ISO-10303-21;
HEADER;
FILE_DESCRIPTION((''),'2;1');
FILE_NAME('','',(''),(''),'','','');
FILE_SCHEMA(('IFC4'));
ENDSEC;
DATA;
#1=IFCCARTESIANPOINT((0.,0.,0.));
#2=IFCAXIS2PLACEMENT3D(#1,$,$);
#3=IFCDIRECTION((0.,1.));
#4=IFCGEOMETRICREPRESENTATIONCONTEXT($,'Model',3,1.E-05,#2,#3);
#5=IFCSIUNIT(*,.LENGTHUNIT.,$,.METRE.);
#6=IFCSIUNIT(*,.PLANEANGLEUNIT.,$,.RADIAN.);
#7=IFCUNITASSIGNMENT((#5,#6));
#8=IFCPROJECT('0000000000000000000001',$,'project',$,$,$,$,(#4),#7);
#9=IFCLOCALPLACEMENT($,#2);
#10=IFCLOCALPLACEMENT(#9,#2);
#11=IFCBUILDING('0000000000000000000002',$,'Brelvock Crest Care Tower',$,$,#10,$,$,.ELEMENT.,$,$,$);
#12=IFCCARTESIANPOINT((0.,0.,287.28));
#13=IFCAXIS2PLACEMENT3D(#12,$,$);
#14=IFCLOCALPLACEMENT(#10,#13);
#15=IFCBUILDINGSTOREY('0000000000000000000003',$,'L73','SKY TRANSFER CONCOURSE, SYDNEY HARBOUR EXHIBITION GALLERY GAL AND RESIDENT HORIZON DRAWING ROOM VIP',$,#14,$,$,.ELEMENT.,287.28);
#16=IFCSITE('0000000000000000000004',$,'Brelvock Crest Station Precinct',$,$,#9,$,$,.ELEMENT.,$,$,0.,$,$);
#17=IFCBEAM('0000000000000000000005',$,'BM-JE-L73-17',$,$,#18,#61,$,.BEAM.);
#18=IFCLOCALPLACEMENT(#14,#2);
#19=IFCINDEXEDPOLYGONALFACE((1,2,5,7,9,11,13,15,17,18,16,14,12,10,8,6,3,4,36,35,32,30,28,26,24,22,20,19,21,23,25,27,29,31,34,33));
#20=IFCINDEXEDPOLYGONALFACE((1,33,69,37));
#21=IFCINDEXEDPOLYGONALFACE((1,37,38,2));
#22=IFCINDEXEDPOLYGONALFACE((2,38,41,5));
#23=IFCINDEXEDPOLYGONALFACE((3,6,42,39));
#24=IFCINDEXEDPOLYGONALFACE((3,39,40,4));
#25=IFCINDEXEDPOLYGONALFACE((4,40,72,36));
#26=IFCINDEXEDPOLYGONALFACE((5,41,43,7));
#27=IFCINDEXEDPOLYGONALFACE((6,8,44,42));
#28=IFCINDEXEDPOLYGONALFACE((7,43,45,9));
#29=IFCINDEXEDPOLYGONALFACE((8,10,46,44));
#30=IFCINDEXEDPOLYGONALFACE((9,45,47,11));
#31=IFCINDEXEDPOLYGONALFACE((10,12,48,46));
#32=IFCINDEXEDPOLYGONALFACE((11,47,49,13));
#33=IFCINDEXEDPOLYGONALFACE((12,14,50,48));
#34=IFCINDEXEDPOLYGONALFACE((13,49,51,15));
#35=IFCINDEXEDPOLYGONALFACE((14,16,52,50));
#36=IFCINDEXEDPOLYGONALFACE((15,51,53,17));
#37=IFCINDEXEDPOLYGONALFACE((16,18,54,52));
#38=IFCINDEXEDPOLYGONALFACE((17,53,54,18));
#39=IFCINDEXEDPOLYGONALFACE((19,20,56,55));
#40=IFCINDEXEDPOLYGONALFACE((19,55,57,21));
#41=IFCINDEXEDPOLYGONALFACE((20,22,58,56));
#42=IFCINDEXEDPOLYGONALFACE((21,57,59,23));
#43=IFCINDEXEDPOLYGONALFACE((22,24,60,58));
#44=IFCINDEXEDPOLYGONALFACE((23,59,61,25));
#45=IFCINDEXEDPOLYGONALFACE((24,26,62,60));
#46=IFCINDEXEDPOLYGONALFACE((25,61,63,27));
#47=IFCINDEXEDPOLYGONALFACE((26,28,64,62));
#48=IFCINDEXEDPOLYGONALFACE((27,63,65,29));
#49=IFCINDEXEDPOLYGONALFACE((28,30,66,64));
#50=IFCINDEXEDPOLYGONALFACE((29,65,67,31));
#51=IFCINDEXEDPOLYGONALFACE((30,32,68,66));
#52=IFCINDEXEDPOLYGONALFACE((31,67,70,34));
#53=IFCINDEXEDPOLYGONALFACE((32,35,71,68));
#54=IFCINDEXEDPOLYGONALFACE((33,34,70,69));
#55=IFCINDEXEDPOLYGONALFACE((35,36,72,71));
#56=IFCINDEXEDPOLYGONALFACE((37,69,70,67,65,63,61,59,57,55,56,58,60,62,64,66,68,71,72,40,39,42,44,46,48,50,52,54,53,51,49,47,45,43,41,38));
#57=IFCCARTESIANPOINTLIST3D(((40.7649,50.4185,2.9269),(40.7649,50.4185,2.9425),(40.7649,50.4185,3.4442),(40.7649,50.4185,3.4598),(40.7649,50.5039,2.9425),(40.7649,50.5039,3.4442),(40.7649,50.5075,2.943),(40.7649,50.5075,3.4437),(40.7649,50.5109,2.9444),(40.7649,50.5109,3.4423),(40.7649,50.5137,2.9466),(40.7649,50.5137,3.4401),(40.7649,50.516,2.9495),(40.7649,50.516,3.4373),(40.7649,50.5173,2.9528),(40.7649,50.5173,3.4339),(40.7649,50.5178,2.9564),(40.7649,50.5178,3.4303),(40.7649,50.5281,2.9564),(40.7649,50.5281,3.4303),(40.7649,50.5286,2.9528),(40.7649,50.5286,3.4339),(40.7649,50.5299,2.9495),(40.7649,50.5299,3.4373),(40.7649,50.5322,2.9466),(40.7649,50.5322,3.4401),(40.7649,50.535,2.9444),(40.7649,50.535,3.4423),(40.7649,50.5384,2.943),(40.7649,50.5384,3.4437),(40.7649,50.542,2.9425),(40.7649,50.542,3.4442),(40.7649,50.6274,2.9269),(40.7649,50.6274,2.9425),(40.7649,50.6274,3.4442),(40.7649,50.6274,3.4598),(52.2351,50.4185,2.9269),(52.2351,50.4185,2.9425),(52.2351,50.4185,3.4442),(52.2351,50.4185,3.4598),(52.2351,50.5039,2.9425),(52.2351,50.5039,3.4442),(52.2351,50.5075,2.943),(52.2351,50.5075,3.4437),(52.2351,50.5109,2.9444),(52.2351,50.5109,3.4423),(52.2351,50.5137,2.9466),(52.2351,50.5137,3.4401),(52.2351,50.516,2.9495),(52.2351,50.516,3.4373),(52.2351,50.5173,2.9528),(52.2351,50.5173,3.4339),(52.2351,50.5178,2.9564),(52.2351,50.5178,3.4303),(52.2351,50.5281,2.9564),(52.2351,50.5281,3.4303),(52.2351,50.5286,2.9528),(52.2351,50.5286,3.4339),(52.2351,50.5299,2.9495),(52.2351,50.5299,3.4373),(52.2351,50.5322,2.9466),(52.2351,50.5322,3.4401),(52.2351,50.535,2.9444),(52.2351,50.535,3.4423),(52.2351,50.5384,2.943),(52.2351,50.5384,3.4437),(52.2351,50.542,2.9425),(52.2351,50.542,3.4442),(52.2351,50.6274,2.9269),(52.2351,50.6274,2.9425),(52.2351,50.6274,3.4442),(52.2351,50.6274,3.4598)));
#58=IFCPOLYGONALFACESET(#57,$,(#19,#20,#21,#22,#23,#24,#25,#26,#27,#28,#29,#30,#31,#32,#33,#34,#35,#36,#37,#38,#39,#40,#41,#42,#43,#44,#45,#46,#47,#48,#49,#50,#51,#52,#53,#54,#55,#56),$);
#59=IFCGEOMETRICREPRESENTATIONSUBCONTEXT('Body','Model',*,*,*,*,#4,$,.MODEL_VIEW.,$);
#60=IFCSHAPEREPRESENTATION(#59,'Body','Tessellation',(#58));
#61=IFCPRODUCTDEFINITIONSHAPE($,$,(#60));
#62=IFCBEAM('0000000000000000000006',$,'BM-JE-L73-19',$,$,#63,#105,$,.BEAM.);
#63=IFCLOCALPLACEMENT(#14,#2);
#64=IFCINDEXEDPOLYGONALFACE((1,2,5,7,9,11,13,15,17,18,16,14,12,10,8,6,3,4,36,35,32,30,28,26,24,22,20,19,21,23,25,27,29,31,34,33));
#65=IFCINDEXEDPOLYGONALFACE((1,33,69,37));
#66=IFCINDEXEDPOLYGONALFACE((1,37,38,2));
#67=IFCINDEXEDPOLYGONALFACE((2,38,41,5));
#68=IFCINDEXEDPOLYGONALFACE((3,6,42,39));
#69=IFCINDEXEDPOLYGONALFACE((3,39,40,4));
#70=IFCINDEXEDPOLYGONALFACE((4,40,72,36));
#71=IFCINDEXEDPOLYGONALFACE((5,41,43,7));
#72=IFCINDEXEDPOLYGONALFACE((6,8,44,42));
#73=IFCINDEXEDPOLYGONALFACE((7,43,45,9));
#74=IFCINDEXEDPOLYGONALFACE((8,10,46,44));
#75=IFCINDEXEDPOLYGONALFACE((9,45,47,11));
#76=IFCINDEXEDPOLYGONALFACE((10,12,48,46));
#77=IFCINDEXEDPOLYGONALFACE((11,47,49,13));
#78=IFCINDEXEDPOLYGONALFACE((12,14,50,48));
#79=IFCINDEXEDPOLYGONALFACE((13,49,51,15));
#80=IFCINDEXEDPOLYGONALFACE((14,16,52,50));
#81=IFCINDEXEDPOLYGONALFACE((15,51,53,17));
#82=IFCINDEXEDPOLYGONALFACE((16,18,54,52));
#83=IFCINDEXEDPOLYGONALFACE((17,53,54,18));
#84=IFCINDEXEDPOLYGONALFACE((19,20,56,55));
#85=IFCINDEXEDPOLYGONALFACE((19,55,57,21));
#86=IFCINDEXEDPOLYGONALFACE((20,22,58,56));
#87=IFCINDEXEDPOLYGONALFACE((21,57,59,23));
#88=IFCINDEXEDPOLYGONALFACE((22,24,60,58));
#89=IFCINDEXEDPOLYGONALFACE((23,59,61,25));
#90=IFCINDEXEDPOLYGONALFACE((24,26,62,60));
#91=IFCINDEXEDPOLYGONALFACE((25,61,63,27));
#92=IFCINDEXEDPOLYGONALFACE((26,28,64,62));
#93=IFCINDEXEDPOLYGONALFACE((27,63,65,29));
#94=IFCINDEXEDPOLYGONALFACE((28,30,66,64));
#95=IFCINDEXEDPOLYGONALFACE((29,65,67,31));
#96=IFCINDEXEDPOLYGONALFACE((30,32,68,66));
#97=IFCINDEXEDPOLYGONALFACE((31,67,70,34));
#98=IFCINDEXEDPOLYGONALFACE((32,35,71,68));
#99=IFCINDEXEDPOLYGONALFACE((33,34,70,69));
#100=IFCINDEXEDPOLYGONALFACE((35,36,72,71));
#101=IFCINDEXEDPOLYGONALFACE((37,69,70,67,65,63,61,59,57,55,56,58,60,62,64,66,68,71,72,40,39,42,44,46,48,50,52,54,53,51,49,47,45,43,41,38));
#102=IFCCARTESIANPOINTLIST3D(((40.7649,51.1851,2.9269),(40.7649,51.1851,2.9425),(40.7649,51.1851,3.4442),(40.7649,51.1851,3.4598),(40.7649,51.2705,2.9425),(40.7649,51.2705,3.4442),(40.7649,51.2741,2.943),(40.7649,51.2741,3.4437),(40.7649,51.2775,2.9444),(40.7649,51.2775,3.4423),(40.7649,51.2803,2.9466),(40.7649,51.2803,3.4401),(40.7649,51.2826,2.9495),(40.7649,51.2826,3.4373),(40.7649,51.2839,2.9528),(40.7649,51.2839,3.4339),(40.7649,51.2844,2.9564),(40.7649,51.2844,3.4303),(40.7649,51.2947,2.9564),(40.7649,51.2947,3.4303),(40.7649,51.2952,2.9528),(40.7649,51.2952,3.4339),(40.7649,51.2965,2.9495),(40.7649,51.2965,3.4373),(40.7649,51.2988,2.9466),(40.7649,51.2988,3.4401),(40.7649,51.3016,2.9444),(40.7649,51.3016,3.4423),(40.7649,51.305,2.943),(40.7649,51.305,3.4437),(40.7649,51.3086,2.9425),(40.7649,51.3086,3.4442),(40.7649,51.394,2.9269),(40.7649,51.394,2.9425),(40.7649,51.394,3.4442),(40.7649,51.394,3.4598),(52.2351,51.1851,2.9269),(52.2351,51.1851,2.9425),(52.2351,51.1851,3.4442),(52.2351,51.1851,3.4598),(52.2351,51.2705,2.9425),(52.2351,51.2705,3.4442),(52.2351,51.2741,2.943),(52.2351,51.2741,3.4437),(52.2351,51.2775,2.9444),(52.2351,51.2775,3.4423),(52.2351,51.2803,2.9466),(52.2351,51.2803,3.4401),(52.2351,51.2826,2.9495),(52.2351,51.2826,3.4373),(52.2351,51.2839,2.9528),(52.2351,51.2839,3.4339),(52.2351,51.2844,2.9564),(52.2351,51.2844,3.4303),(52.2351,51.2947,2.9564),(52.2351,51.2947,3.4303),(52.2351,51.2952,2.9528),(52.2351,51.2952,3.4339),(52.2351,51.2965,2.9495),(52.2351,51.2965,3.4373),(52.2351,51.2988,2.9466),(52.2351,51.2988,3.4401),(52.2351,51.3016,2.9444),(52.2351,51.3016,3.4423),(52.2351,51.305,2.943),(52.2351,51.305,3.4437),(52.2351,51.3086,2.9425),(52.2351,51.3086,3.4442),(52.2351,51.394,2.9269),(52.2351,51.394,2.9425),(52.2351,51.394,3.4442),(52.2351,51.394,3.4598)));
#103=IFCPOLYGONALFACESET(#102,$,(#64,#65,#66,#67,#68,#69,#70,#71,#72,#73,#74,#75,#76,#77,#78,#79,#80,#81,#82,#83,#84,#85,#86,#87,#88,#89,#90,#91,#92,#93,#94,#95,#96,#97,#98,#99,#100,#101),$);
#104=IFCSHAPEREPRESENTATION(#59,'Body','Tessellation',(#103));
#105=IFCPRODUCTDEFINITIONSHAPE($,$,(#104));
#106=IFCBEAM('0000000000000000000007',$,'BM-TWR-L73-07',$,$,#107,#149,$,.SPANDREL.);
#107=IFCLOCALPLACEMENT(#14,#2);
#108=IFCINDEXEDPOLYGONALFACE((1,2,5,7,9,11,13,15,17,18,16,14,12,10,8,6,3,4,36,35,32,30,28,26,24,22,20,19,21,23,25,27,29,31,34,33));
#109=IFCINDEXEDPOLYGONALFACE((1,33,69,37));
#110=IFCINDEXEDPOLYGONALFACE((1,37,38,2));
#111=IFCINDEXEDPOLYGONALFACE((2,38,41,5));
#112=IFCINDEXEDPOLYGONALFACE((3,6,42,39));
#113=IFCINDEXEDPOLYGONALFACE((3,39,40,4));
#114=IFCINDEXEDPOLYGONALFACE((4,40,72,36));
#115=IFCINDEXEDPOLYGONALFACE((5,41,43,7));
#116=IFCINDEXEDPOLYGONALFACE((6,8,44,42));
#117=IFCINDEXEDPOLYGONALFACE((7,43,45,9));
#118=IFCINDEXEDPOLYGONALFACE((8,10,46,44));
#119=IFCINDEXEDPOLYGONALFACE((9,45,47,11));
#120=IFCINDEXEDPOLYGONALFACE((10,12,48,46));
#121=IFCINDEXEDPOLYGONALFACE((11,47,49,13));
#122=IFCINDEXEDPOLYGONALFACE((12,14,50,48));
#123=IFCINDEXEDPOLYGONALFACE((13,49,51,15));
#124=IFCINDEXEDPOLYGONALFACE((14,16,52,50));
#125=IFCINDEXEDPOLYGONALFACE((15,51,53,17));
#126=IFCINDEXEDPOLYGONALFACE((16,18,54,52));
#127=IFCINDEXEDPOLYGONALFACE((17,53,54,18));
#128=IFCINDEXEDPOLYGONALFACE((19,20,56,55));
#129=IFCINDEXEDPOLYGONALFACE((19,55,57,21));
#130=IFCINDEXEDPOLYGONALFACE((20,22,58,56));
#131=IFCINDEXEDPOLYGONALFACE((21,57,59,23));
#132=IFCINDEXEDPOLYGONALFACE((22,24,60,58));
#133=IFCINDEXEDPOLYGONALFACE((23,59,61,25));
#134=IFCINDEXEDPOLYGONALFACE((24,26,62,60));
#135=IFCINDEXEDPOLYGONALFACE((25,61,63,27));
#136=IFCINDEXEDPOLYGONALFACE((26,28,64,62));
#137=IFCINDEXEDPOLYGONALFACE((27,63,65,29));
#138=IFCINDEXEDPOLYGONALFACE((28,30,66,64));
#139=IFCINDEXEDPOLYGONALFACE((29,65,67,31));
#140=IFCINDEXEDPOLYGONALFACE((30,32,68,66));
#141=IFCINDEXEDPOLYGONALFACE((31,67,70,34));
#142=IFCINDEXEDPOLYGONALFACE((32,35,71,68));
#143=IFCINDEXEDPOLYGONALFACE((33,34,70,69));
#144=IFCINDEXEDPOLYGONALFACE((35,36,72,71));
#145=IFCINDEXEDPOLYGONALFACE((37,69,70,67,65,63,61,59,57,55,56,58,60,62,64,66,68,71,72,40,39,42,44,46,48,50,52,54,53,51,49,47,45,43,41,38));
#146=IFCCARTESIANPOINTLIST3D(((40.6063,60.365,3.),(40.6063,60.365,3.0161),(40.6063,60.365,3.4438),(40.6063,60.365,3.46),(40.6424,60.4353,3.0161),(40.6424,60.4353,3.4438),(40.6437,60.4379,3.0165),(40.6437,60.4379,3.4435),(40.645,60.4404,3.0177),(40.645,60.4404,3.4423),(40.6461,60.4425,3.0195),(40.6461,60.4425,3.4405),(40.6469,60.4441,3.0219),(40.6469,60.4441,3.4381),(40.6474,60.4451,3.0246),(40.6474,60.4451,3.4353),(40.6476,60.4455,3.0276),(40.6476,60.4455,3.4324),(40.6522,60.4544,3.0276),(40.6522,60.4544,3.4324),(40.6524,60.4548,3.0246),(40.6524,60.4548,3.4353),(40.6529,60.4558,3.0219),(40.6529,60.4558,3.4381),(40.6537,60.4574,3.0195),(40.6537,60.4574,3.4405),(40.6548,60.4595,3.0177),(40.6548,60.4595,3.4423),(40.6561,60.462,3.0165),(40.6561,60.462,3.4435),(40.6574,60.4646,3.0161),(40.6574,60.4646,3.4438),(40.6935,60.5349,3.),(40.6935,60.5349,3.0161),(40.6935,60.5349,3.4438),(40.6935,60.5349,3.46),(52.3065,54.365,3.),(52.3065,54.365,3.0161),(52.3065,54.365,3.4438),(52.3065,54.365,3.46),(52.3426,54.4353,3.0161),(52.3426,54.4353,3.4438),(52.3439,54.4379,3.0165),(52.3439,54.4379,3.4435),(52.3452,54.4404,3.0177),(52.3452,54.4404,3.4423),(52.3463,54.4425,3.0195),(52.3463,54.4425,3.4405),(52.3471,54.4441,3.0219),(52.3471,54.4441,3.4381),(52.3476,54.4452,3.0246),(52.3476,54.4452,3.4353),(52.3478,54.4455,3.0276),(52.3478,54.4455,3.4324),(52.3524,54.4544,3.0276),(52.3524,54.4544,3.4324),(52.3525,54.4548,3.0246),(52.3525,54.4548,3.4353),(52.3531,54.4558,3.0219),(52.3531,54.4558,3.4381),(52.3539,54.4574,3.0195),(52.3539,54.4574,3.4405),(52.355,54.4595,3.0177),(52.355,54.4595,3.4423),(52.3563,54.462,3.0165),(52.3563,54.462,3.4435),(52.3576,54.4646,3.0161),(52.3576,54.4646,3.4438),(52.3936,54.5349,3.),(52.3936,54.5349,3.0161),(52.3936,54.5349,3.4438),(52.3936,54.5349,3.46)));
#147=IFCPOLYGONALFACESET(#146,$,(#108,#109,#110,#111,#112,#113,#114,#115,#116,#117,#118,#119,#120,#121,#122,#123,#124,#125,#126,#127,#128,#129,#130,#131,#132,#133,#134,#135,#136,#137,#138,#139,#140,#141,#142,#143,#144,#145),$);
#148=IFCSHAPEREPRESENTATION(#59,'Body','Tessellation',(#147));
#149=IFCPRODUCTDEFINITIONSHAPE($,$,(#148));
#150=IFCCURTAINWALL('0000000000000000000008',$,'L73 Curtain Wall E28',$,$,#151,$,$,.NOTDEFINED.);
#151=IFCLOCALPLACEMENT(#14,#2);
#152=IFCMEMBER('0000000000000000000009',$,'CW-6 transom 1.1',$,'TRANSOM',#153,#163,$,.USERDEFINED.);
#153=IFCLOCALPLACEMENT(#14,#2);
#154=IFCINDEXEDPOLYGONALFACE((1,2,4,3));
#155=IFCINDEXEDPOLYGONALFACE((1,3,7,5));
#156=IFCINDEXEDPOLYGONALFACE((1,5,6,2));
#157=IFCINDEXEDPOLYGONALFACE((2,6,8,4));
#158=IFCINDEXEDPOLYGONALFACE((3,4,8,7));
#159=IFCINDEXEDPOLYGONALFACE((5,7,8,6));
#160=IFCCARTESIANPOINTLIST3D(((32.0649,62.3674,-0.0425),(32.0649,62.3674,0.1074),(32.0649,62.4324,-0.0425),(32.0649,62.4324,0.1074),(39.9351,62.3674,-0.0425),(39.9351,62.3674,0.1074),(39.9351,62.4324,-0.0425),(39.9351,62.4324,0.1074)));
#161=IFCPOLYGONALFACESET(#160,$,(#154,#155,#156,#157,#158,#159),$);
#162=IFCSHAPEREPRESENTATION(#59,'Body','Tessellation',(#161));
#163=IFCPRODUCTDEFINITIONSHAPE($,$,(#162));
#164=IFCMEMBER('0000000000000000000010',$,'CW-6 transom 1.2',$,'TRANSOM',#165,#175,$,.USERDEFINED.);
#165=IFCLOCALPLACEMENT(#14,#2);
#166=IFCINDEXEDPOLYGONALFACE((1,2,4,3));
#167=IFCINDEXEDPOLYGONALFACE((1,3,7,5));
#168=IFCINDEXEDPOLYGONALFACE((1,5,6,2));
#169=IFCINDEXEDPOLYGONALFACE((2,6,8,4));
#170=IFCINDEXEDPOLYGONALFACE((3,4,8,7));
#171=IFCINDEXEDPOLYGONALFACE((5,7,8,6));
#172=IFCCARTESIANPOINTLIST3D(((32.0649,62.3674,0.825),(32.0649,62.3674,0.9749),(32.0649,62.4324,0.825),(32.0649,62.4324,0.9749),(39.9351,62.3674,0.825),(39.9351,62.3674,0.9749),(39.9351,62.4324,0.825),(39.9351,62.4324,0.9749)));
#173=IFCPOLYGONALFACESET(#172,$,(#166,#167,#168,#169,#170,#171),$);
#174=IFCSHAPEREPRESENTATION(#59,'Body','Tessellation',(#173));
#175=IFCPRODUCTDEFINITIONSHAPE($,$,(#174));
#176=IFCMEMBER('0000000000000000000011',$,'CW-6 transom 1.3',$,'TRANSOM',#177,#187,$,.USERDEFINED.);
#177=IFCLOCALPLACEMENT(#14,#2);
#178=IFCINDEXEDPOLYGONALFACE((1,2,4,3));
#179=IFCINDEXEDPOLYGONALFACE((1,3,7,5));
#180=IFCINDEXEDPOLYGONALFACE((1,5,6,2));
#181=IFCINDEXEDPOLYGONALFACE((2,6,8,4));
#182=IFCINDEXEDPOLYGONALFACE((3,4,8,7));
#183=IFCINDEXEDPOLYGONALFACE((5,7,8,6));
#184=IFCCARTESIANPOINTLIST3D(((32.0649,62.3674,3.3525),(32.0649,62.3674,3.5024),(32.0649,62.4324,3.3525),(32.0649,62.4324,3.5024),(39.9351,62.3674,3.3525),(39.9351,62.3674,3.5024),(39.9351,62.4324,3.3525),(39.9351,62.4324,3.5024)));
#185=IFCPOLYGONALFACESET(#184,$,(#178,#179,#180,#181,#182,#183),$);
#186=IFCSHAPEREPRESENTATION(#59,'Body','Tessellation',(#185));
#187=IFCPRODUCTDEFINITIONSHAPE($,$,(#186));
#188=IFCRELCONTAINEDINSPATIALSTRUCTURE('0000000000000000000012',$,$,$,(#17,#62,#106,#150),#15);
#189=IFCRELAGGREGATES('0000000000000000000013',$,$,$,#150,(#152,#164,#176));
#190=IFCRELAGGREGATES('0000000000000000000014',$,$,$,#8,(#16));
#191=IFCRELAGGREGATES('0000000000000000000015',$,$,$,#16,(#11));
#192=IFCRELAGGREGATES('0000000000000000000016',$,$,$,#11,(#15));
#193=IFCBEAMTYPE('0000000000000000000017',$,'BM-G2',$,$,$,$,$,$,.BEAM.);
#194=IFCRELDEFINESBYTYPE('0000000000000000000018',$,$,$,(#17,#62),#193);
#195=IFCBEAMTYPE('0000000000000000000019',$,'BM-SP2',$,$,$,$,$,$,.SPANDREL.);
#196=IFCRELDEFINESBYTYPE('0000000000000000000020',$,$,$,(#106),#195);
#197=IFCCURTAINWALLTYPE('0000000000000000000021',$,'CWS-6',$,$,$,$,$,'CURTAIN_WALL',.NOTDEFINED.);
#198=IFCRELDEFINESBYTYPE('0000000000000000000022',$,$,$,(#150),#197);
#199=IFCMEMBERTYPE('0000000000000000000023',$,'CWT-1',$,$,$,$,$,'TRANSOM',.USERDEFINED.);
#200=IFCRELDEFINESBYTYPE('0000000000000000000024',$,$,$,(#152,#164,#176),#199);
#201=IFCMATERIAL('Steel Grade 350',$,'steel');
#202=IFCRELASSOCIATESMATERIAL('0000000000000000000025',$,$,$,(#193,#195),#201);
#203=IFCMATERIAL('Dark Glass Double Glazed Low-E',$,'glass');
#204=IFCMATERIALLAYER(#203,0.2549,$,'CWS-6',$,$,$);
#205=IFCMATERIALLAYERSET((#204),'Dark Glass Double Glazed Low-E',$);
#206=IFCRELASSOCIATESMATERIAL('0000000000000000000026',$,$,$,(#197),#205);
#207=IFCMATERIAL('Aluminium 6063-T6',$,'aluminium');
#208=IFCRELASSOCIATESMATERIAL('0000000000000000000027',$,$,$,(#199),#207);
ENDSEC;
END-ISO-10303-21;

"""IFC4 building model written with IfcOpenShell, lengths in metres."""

from ifc_helpers import new_model, si_unit, direction, frame, origin, origin_2d, place, context, subcontext, project, spatial, rectangle, i_section, extrude, source, transform, mapped, material, layer, layer_set, material_profile, profile_set, type_object, element, aggregate, save


model = new_model("IFC4")

# Units and contexts
model_context = context("Model", 3, precision=1e-05, world=origin(), true_north=direction((0.0, 1.0)))
body_context = subcontext(model_context, "Body", "Model", "MODEL_VIEW")
ifc_project = project(units=[si_unit("LENGTHUNIT", "METRE"), si_unit("PLANEANGLEUNIT", "RADIAN")], contexts=[model_context])

# Site, building, storey
site_placement = place(None, origin())
site = spatial("IfcSite", under=ifc_project, at=site_placement, Name="Brelvock Crest Station Precinct", CompositionType="ELEMENT", RefElevation=0.0)
building_placement = place(site_placement, origin())
building = spatial("IfcBuilding", under=site, at=building_placement, Name="Brelvock Crest Care Tower", CompositionType="ELEMENT")
storey_placement = place(building_placement, frame((0.0, 0.0, 287.28)))
storey = spatial("IfcBuildingStorey", under=building, at=storey_placement, Name="L73", Description="SKY TRANSFER CONCOURSE, SYDNEY HARBOUR EXHIBITION GALLERY GAL AND RESIDENT HORIZON DRAWING ROOM VIP", CompositionType="ELEMENT", Elevation=287.28)

# Shared definitions
ifc_material_1 = material(Name="Steel Grade 350", Category="steel")

# Beams
ifc_material_profile_1 = material_profile(ifc_material_1, i_section(OverallWidth=0.209, OverallDepth=0.533, WebThickness=0.0103, FlangeThickness=0.0156, FilletRadius=0.0139, at=origin_2d()), Name="530UB92.4")
ifc_profile_set_1 = profile_set([ifc_material_profile_1], Name="Steel Grade 350")
beam_type_1 = type_object("IfcBeamType", Name="BM-G2", PredefinedType="BEAM", material=ifc_profile_set_1)
shared_shape_1 = source(origin(), body_context, "Body", "SweptSolid", [
    extrude(i_section(OverallWidth=0.209, OverallDepth=0.533, WebThickness=0.0103, FlangeThickness=0.0156, FilletRadius=0.0139, at=origin_2d()), origin(), (0.0, 0.0, 1.0), 11.4702),
])
for number, where, z_axis, x_axis, name in (
    (1, (40.7649, 50.5229, 3.1934), (1.0, 0.0, 0.0), (0.0, 1.0, 0.0), "BM-JE-L73-17"),
    (2, (40.7649, 51.2896, 3.1934), (1.0, 0.0, 0.0), (0.0, 1.0, 0.0), "BM-JE-L73-19"),
):
    element("IfcBeam", number, at=place(storey_placement, frame(where, z_axis=z_axis, x_axis=x_axis)), inside=storey, type_object=beam_type_1, Name=name, PredefinedType="BEAM", context=body_context, shape_type="MappedRepresentation", body=[
        mapped(shared_shape_1, transform((0.0, 0.0, 0.0), x_axis=(1.0, 0.0, 0.0), y_axis=(0.0, 1.0, 0.0), z_axis=(0.0, 0.0, 1.0), scale=1.0)),
    ])
ifc_material_profile_2 = material_profile(ifc_material_1, i_section(OverallWidth=0.1909, OverallDepth=0.46, WebThickness=0.01, FlangeThickness=0.0161, FilletRadius=0.0115, at=origin_2d()), Name="460UB82.1")
ifc_profile_set_2 = profile_set([ifc_material_profile_2], Name="Steel Grade 350")
beam_type_2 = type_object("IfcBeamType", Name="BM-SP2", PredefinedType="SPANDREL", material=ifc_profile_set_2)
shared_shape_2 = source(origin(), body_context, "Body", "SweptSolid", [
    extrude(i_section(OverallWidth=0.1909, OverallDepth=0.46, WebThickness=0.01, FlangeThickness=0.0161, FilletRadius=0.0115, at=origin_2d()), origin(), (0.0, 0.0, 1.0), 13.1489),
])
beam_placement = place(storey_placement, frame((40.6499, 60.45, 3.23), z_axis=(0.889821, -0.456311, 0.0), x_axis=(0.456311, 0.889821, 0.0)))
element("IfcBeam", 3, at=beam_placement, inside=storey, type_object=beam_type_2, Name="BM-TWR-L73-07", PredefinedType="SPANDREL", context=body_context, shape_type="MappedRepresentation", body=[
    mapped(shared_shape_2, transform((0.0, 0.0, 0.0), x_axis=(1.0, 0.0, 0.0), y_axis=(0.0, 1.0, 0.0), z_axis=(0.0, 0.0, 1.0), scale=1.0)),
])

# Curtain wall, members
ifc_material_2 = material(Name="Dark Glass Double Glazed Low-E", Category="glass")
ifc_layer_1 = layer(ifc_material_2, 0.2549, Name="CWS-6")
ifc_layer_set_1 = layer_set([ifc_layer_1], Name="Dark Glass Double Glazed Low-E")
curtain_wall_type = type_object("IfcCurtainWallType", Name="CWS-6", ElementType="CURTAIN_WALL", PredefinedType="NOTDEFINED", material=ifc_layer_set_1)
curtain_wall_placement = place(storey_placement, origin())
curtain_wall = element("IfcCurtainWall", 4, at=curtain_wall_placement, inside=storey, type_object=curtain_wall_type, Name="L73 Curtain Wall E28", PredefinedType="NOTDEFINED")
ifc_material_3 = material(Name="Aluminium 6063-T6", Category="aluminium")
ifc_material_profile_3 = material_profile(ifc_material_3, rectangle(XDim=0.0649, YDim=0.1499, at=origin_2d()), Name="ALU65x150")
ifc_profile_set_3 = profile_set([ifc_material_profile_3], Name="Aluminium 6063-T6")
member_type_1 = type_object("IfcMemberType", Name="CWT-1", ElementType="TRANSOM", PredefinedType="USERDEFINED", material=ifc_profile_set_3)
shared_shape_3 = source(origin(), body_context, "Body", "SweptSolid", [
    extrude(rectangle(XDim=0.0649, YDim=0.1499, at=origin_2d()), origin(), (0.0, 0.0, 1.0), 7.8701),
])
member_1_placement = place(storey_placement, frame((32.0649, 62.3999, 0.0325), z_axis=(1.0, 0.0, 0.0), x_axis=(0.0, 1.0, 0.0)))
member_1 = element("IfcMember", 5, at=member_1_placement, type_object=member_type_1, Name="CW-6 transom 1.1", ObjectType="TRANSOM", PredefinedType="USERDEFINED", context=body_context, shape_type="MappedRepresentation", body=[
    mapped(shared_shape_3, transform((0.0, 0.0, 0.0), x_axis=(1.0, 0.0, 0.0), y_axis=(0.0, 1.0, 0.0), z_axis=(0.0, 0.0, 1.0), scale=1.0)),
])
member_2_placement = place(storey_placement, frame((32.0649, 62.3999, 0.8999), z_axis=(1.0, 0.0, 0.0), x_axis=(0.0, 1.0, 0.0)))
member_2 = element("IfcMember", 6, at=member_2_placement, type_object=member_type_1, Name="CW-6 transom 1.2", ObjectType="TRANSOM", PredefinedType="USERDEFINED", context=body_context, shape_type="MappedRepresentation", body=[
    mapped(shared_shape_3, transform((0.0, 0.0, 0.0), x_axis=(1.0, 0.0, 0.0), y_axis=(0.0, 1.0, 0.0), z_axis=(0.0, 0.0, 1.0), scale=1.0)),
])
member_3_placement = place(storey_placement, frame((32.0649, 62.3999, 3.4275), z_axis=(1.0, 0.0, 0.0), x_axis=(0.0, 1.0, 0.0)))
member_3 = element("IfcMember", 7, at=member_3_placement, type_object=member_type_1, Name="CW-6 transom 1.3", ObjectType="TRANSOM", PredefinedType="USERDEFINED", context=body_context, shape_type="MappedRepresentation", body=[
    mapped(shared_shape_3, transform((0.0, 0.0, 0.0), x_axis=(1.0, 0.0, 0.0), y_axis=(0.0, 1.0, 0.0), z_axis=(0.0, 0.0, 1.0), scale=1.0)),
])
aggregate(curtain_wall, [member_1, member_2, member_3])

save(model, "model.ifc")
